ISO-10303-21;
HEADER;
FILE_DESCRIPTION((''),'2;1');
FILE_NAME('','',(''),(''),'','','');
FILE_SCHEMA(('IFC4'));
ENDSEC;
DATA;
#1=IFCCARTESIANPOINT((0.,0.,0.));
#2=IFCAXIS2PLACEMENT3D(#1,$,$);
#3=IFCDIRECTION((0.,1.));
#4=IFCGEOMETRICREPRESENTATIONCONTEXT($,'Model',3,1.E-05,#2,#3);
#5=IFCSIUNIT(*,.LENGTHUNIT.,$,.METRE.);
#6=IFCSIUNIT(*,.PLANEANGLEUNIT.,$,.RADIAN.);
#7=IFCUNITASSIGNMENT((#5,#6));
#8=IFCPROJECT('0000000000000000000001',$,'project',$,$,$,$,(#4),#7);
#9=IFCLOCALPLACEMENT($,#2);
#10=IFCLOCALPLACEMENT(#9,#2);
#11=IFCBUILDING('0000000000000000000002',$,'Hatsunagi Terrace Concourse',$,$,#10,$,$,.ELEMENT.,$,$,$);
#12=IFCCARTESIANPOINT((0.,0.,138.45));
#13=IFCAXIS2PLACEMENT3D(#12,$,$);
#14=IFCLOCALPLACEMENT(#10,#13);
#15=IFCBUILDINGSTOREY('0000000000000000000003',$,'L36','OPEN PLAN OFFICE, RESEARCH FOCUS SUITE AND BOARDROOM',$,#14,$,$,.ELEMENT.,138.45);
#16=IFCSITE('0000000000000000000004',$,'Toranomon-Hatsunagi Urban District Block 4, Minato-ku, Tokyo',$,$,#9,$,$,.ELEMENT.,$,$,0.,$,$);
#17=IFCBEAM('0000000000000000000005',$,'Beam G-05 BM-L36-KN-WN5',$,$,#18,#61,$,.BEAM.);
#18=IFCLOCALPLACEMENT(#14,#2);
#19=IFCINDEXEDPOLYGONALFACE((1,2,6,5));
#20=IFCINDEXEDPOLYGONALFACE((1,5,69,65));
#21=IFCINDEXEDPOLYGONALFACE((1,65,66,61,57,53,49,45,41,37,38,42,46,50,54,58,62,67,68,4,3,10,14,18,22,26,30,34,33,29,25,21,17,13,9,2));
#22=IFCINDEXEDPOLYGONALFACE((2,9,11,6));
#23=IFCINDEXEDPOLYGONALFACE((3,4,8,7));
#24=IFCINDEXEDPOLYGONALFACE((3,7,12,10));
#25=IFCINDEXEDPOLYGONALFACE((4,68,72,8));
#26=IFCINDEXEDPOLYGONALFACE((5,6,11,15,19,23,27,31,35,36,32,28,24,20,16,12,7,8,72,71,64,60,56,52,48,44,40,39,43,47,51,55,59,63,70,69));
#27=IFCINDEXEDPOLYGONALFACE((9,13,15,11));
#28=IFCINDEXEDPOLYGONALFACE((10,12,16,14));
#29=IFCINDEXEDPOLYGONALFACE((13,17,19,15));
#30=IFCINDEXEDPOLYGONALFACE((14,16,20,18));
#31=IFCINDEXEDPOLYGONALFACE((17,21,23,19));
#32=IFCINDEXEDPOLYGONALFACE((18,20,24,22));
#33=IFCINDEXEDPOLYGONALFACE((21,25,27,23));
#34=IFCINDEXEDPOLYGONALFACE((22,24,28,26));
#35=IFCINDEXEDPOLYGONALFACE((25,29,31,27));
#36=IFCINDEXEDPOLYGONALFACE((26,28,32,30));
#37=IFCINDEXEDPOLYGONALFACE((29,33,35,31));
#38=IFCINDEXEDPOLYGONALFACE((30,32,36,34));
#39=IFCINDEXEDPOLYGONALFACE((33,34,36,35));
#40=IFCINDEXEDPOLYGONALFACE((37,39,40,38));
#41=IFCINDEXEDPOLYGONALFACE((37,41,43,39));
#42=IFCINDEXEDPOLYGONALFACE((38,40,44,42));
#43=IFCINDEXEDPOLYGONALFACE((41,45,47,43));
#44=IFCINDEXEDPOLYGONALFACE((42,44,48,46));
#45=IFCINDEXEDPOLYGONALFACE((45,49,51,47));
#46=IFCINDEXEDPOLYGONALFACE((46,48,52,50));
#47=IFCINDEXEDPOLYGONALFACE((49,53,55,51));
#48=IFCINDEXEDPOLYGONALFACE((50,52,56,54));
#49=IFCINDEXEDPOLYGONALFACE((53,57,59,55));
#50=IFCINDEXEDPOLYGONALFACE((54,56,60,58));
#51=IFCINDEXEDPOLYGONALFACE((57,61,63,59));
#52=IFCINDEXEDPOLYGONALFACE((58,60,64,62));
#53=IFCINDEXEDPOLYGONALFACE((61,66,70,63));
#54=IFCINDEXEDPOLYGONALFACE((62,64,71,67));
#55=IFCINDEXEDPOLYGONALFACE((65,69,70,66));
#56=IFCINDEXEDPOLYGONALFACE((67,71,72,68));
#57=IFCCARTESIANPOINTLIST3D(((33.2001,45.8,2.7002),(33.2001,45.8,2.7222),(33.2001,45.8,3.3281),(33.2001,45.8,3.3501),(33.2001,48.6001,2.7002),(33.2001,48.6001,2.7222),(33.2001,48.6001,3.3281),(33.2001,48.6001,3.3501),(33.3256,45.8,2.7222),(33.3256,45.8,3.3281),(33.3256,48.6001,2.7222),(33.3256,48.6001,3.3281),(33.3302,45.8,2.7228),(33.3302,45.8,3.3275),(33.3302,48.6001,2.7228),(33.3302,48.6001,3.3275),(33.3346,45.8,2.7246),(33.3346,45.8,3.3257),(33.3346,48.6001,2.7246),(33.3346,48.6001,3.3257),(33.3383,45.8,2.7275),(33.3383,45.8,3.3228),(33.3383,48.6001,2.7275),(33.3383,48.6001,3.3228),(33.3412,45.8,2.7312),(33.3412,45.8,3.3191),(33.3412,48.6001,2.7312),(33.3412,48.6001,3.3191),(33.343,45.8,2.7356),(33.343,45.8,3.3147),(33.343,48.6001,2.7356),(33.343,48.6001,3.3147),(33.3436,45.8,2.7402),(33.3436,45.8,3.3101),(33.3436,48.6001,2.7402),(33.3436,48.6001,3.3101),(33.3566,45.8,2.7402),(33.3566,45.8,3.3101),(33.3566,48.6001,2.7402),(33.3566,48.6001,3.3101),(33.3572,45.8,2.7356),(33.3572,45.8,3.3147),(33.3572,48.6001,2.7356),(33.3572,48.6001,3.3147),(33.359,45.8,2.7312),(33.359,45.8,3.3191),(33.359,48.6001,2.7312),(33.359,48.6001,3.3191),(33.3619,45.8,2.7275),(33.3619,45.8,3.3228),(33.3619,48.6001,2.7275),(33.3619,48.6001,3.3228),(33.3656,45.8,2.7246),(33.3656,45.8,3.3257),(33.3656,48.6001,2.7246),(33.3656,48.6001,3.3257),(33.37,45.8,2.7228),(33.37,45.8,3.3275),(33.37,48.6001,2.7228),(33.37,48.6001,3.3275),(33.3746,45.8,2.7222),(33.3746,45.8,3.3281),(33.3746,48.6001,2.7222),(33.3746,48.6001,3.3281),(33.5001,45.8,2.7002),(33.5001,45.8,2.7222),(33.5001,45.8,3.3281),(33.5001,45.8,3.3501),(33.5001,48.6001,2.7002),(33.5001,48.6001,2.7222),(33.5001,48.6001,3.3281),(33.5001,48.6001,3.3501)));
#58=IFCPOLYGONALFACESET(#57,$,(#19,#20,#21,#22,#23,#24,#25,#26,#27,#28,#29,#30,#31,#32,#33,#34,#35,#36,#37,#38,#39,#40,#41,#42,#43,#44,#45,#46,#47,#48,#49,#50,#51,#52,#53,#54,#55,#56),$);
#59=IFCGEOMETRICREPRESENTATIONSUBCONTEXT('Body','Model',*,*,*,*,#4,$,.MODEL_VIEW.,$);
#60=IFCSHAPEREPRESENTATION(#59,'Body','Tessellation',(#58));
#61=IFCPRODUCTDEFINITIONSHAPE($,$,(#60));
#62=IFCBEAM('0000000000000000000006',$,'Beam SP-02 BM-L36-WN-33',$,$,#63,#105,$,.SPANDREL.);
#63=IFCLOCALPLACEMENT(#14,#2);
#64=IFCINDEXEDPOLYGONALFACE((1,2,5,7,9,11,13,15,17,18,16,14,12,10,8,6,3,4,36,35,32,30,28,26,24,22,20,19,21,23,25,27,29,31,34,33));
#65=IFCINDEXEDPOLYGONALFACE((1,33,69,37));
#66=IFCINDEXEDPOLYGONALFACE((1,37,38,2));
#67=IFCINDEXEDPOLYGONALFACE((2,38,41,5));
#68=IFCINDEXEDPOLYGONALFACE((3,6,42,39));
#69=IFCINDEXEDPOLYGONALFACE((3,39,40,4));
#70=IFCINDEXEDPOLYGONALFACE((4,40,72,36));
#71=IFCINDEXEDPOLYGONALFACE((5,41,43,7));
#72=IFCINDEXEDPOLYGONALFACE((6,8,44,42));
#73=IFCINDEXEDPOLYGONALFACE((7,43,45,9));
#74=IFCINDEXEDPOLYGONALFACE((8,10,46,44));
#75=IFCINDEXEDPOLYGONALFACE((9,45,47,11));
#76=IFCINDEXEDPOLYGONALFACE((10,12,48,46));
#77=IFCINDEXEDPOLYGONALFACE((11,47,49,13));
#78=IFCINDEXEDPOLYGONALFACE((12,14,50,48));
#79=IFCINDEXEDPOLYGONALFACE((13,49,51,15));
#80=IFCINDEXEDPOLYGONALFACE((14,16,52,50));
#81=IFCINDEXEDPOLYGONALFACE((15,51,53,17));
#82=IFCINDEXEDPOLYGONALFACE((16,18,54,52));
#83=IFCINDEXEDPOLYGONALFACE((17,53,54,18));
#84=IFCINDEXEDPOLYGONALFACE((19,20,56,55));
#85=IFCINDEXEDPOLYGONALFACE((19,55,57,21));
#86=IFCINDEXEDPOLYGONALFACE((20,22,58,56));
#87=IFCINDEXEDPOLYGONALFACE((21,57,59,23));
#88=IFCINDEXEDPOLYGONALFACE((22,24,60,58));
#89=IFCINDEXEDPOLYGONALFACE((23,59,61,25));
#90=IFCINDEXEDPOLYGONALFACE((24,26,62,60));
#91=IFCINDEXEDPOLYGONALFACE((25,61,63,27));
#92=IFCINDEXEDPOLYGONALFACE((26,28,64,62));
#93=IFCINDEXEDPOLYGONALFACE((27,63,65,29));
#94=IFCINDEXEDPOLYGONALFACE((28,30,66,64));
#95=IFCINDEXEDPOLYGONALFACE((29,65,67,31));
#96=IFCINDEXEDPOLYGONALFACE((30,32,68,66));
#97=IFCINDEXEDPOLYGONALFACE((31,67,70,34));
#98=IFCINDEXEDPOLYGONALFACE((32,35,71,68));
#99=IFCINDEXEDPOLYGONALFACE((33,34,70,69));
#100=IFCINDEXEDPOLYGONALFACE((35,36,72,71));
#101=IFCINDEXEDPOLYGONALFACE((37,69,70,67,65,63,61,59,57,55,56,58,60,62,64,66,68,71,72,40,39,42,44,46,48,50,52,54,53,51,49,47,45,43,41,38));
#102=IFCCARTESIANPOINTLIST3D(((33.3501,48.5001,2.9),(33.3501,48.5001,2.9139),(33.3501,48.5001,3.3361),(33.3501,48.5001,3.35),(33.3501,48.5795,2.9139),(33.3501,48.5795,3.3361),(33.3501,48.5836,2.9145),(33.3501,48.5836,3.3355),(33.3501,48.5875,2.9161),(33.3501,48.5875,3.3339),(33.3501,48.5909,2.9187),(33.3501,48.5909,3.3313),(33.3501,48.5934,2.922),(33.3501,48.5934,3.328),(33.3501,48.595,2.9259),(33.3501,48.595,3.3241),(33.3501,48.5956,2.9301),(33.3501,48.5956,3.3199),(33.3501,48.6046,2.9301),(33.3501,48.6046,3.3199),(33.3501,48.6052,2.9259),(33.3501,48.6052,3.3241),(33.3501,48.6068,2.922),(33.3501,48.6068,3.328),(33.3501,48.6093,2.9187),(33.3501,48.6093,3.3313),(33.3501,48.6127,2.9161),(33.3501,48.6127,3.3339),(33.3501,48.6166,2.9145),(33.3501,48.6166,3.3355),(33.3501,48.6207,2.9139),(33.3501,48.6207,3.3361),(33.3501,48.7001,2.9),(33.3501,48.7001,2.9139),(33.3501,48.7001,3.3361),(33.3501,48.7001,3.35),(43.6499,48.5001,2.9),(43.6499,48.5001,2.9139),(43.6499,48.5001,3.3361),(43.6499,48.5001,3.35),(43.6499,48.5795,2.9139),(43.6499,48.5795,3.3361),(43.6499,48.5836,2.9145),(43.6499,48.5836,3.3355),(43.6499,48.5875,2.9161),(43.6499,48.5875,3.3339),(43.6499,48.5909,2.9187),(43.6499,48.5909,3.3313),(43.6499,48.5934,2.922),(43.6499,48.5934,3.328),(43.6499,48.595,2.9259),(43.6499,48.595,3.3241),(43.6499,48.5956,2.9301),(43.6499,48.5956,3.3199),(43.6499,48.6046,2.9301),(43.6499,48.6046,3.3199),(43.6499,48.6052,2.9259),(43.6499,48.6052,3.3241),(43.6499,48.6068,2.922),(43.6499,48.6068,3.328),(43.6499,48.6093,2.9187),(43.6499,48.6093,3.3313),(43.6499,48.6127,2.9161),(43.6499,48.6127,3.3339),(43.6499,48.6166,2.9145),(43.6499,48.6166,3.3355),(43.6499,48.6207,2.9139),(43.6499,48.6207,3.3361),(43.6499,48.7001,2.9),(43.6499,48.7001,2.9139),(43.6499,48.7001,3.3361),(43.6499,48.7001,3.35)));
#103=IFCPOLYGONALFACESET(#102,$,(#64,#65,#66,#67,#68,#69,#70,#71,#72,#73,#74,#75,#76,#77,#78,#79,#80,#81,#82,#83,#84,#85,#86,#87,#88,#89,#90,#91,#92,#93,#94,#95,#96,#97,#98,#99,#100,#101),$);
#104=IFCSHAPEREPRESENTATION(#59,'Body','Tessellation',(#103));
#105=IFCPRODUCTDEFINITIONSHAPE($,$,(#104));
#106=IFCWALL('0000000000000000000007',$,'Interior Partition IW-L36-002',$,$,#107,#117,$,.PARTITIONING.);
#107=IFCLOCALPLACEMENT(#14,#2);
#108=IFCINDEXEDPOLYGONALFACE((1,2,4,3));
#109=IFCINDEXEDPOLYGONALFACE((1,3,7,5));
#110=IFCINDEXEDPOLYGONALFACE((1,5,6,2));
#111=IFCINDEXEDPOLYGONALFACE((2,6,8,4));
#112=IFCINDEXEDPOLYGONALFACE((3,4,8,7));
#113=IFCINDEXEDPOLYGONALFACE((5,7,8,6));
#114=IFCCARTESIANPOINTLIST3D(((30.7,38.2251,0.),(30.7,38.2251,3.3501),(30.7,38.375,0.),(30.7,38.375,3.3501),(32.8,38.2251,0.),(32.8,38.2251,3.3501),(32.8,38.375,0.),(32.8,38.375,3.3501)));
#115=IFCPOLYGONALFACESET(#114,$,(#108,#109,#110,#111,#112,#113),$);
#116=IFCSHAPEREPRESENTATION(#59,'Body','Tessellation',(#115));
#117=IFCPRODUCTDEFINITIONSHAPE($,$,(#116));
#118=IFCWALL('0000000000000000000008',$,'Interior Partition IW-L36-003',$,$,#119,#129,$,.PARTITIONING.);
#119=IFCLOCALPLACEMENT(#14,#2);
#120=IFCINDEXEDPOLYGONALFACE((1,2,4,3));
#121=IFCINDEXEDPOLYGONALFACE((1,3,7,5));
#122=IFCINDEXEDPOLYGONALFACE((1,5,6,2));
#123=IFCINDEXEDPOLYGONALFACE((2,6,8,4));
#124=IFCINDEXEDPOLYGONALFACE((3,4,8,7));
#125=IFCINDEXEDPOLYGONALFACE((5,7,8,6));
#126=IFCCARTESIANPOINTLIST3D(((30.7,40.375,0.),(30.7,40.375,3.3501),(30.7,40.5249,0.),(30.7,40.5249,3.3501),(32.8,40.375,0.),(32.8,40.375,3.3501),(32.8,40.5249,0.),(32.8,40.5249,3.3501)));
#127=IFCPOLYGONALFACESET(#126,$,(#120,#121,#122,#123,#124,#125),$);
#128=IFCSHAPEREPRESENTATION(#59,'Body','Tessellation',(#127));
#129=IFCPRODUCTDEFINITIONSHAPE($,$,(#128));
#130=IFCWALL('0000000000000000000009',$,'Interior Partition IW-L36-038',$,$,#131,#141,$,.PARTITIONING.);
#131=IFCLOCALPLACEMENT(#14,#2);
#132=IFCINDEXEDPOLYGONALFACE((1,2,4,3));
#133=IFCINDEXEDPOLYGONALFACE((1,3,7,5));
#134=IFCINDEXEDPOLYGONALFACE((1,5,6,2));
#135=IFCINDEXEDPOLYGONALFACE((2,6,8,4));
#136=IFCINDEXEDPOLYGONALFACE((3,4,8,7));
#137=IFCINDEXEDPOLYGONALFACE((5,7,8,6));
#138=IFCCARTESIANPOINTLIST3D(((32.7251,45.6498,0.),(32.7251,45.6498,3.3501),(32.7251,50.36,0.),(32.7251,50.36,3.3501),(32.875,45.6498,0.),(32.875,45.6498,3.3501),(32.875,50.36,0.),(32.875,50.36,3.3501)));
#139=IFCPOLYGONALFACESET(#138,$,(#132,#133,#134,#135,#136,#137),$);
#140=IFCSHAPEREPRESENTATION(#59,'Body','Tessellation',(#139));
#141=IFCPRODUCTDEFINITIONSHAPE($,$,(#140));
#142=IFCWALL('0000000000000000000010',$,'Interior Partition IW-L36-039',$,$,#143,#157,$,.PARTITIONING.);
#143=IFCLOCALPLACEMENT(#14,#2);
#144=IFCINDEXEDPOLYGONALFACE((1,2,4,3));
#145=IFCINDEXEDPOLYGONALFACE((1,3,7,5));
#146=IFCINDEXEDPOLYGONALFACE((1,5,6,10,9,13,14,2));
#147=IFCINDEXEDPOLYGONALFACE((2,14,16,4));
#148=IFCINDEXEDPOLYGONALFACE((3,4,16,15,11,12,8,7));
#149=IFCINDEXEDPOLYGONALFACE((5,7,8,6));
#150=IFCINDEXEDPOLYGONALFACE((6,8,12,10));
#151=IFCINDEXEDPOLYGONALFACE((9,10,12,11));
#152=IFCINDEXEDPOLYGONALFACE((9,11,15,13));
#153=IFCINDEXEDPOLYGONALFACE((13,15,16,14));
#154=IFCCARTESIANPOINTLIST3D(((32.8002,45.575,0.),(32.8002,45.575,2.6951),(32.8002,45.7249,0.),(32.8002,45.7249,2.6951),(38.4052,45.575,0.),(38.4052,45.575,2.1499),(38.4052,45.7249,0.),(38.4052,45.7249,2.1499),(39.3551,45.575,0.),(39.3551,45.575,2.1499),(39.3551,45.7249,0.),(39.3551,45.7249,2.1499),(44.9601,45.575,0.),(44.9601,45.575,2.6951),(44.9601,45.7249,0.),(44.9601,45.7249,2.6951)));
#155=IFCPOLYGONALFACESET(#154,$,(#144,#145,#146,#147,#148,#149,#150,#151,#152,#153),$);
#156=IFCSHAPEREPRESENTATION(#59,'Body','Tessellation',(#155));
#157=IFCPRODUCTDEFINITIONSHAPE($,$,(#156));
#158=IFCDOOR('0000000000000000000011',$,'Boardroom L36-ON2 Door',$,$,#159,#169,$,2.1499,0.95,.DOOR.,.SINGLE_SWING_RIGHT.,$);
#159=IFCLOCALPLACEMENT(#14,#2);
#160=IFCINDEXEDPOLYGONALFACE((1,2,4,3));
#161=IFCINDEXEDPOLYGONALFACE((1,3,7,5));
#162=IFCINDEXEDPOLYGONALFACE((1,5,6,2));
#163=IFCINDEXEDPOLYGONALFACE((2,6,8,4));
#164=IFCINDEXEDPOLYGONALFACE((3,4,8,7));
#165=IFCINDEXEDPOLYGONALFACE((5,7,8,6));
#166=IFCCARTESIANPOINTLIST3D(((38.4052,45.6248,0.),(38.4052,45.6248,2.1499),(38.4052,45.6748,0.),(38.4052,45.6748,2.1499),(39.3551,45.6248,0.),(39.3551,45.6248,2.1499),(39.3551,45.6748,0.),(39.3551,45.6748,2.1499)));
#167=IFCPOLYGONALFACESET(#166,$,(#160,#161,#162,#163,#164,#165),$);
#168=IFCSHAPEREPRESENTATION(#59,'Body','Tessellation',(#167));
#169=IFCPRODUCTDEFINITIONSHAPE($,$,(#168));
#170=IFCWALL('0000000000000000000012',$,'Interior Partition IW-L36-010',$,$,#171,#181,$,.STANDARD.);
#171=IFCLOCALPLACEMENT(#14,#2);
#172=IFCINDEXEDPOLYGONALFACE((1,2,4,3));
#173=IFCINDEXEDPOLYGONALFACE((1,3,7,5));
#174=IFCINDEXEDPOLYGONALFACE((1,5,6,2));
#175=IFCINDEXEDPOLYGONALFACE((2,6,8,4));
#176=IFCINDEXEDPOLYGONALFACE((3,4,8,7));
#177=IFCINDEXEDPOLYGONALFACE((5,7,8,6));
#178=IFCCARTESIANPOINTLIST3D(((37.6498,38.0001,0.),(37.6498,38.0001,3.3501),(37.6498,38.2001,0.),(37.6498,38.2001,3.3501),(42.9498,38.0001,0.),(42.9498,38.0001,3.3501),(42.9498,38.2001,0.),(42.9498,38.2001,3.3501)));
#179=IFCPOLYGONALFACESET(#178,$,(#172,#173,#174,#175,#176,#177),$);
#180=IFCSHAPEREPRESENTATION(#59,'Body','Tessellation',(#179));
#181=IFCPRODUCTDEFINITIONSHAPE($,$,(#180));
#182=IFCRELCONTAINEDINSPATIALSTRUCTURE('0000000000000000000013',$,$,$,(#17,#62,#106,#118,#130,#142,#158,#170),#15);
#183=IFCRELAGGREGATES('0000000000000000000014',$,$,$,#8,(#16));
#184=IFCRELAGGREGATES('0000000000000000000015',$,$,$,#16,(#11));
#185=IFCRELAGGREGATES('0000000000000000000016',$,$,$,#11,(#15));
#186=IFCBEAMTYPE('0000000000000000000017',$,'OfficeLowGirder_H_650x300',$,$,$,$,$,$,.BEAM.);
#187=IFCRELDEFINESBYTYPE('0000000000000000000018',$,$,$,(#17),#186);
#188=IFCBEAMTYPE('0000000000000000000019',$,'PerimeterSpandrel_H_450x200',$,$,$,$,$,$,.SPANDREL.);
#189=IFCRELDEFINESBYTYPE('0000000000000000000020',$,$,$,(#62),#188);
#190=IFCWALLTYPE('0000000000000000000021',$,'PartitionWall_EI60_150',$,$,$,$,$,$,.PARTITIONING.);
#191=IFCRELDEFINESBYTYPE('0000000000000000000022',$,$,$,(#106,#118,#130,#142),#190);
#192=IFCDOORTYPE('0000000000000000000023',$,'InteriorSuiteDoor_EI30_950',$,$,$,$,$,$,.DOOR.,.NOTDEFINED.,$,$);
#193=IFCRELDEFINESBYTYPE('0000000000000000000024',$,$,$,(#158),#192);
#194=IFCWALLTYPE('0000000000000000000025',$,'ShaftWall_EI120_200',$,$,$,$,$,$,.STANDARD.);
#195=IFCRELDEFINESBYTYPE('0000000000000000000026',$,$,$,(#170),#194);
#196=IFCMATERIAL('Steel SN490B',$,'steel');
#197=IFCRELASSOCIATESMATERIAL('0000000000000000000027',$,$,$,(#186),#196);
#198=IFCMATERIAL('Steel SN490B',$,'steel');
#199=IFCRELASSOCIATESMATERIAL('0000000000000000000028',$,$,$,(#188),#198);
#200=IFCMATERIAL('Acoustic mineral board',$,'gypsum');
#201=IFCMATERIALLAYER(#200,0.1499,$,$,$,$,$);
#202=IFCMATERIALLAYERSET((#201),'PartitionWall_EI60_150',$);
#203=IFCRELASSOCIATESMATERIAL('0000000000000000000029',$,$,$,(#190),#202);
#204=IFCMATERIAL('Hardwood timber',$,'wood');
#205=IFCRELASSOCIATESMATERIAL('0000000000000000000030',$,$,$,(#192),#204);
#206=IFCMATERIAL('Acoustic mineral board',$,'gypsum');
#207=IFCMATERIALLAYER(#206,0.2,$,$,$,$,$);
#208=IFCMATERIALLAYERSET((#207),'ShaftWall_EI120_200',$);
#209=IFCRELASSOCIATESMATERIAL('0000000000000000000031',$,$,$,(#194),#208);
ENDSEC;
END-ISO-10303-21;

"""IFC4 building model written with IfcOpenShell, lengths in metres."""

from ifc_helpers import new_model, si_unit, direction, frame, frame_2d, origin, origin_2d, place, context, subcontext, project, spatial, rectangle, i_section, extrude, material, layer, layer_set, material_profile, profile_set, type_object, element, fill, save


model = new_model("IFC4")

# Units and contexts
model_context = context("Model", 3, precision=1e-05, world=origin(), true_north=direction((0.0, 1.0)))
body_context = subcontext(model_context, "Body", "Model", "MODEL_VIEW")
ifc_project = project(units=[si_unit("LENGTHUNIT", "METRE"), si_unit("PLANEANGLEUNIT", "RADIAN")], contexts=[model_context])

# Site, building, storey
site_placement = place(None, origin())
site = spatial("IfcSite", under=ifc_project, at=site_placement, Name="Toranomon-Hatsunagi Urban District Block 4, Minato-ku, Tokyo", CompositionType="ELEMENT", RefElevation=0.0)
building_placement = place(site_placement, origin())
building = spatial("IfcBuilding", under=site, at=building_placement, Name="Hatsunagi Terrace Concourse", CompositionType="ELEMENT")
storey_placement = place(building_placement, frame((0.0, 0.0, 138.45)))
storey = spatial("IfcBuildingStorey", under=building, at=storey_placement, Name="L36", Description="OPEN PLAN OFFICE, RESEARCH FOCUS SUITE AND BOARDROOM", CompositionType="ELEMENT", Elevation=138.45)

# Beams
ifc_material_1 = material(Name="Steel SN490B", Category="steel")
ifc_material_profile_1 = material_profile(ifc_material_1, i_section(OverallWidth=0.3, OverallDepth=0.6499, WebThickness=0.0129, FlangeThickness=0.022, FilletRadius=0.0181, at=origin_2d()), Name="H-650x300x13x22")
ifc_profile_set_1 = profile_set([ifc_material_profile_1], Name="Steel SN490B")
beam_type_1 = type_object("IfcBeamType", Name="OfficeLowGirder_H_650x300", PredefinedType="BEAM", material=ifc_profile_set_1)
beam_1_placement = place(storey_placement, frame((33.3501, 45.8, 3.0251), z_axis=(0.0, 1.0, 0.0), x_axis=(-1.0, 0.0, 0.0)))
element("IfcBeam", 1, at=beam_1_placement, inside=storey, type_object=beam_type_1, Name="Beam G-05 BM-L36-KN-WN5", PredefinedType="BEAM", context=body_context, shape_type="SweptSolid", body=[
    extrude(i_section(OverallWidth=0.3, OverallDepth=0.6499, WebThickness=0.0129, FlangeThickness=0.022, FilletRadius=0.0181, at=origin_2d()), origin(), (0.0, 0.0, 1.0), 2.8),
])
ifc_material_2 = material(Name="Steel SN490B", Category="steel")
ifc_material_profile_2 = material_profile(ifc_material_2, i_section(OverallWidth=0.2, OverallDepth=0.45, WebThickness=0.009, FlangeThickness=0.0139, FilletRadius=0.0161, at=origin_2d()), Name="H-450x200x9x14")
ifc_profile_set_2 = profile_set([ifc_material_profile_2], Name="Steel SN490B")
beam_type_2 = type_object("IfcBeamType", Name="PerimeterSpandrel_H_450x200", PredefinedType="SPANDREL", material=ifc_profile_set_2)
beam_2_placement = place(storey_placement, frame((33.3501, 48.6001, 3.125), z_axis=(1.0, 0.0, 0.0), x_axis=(0.0, 1.0, 0.0)))
element("IfcBeam", 2, at=beam_2_placement, inside=storey, type_object=beam_type_2, Name="Beam SP-02 BM-L36-WN-33", PredefinedType="SPANDREL", context=body_context, shape_type="SweptSolid", body=[
    extrude(i_section(OverallWidth=0.2, OverallDepth=0.45, WebThickness=0.009, FlangeThickness=0.0139, FilletRadius=0.0161, at=origin_2d()), origin(), (0.0, 0.0, 1.0), 10.2998),
])

# Walls
ifc_material_3 = material(Name="Acoustic mineral board", Category="gypsum")
ifc_layer_1 = layer(ifc_material_3, 0.1499)
ifc_layer_set_1 = layer_set([ifc_layer_1], Name="PartitionWall_EI60_150")
wall_type_1 = type_object("IfcWallType", Name="PartitionWall_EI60_150", PredefinedType="PARTITIONING", material=ifc_layer_set_1)
for number, where, z_axis, x_axis, name in (
    (3, (30.7, 38.3, 0.0), (0.0, 0.0, 1.0), (1.0, 0.0, 0.0), "Interior Partition IW-L36-002"),
    (4, (30.7, 40.45, 0.0), (0.0, 0.0, 1.0), (1.0, 0.0, 0.0), "Interior Partition IW-L36-003"),
):
    element("IfcWall", number, at=place(storey_placement, frame(where, z_axis=z_axis, x_axis=x_axis)), inside=storey, type_object=wall_type_1, Name=name, PredefinedType="PARTITIONING", context=body_context, shape_type="SweptSolid", body=[
        extrude(rectangle(XDim=2.1001, YDim=0.1499, at=frame_2d((1.05, 0.0))), origin(), (0.0, 0.0, 1.0), 3.3501),
    ])
wall_1_placement = place(storey_placement, frame((32.8, 45.6499, 0.0), z_axis=(0.0, 0.0, 1.0), x_axis=(0.0, 1.0, 0.0)))
element("IfcWall", 5, at=wall_1_placement, inside=storey, type_object=wall_type_1, Name="Interior Partition IW-L36-038", PredefinedType="PARTITIONING", context=body_context, shape_type="SweptSolid", body=[
    extrude(rectangle(XDim=4.7102, YDim=0.1499, at=frame_2d((2.355, 0.0))), origin(), (0.0, 0.0, 1.0), 3.3501),
])

# Wall, opening, door
wall_2_placement = place(storey_placement, frame((32.8, 45.6499, 0.0), z_axis=(0.0, 0.0, 1.0), x_axis=(1.0, 0.0, 0.0)))
wall_2 = element("IfcWall", 6, at=wall_2_placement, inside=storey, type_object=wall_type_1, Name="Interior Partition IW-L36-039", PredefinedType="PARTITIONING", context=body_context, shape_type="SweptSolid", body=[
    extrude(rectangle(XDim=12.1599, YDim=0.1499, at=frame_2d((6.0801, 0.0))), origin(), (0.0, 0.0, 1.0), 2.6951),
])
opening_1_placement = place(wall_2_placement, frame((5.605, 0.0, 0.0)))
opening_1 = element("IfcOpeningElement", 7, at=opening_1_placement, cuts=wall_2, PredefinedType="OPENING", context=body_context, shape_type="SweptSolid", body=[
    extrude(rectangle(XDim=0.95, YDim=2.1499, at=frame_2d((0.4751, 1.075))), frame((0.0, 0.085, 0.0), z_axis=(0.0, -1.0, 0.0), x_axis=(1.0, 0.0, 0.0)), (0.0, 0.0, 1.0), 0.1699),
])
ifc_material_4 = material(Name="Hardwood timber", Category="wood")
door_type_1 = type_object("IfcDoorType", Name="InteriorSuiteDoor_EI30_950", OperationType="NOTDEFINED", PredefinedType="DOOR", material=ifc_material_4)
door_1_placement = place(opening_1_placement, origin())
door_1 = element("IfcDoor", 8, at=door_1_placement, inside=storey, type_object=door_type_1, Name="Boardroom L36-ON2 Door", OperationType="SINGLE_SWING_RIGHT", OverallHeight=2.1499, OverallWidth=0.95, PredefinedType="DOOR", context=body_context, shape_type="SweptSolid", body=[
    extrude(rectangle(XDim=0.95, YDim=2.1499, at=frame_2d((0.4751, 1.075))), frame((0.0, 0.0249, 0.0), z_axis=(0.0, -1.0, 0.0), x_axis=(1.0, 0.0, 0.0)), (0.0, 0.0, 1.0), 0.05),
])
fill(opening_1, door_1)

# Wall
ifc_material_5 = material(Name="Acoustic mineral board", Category="gypsum")
ifc_layer_2 = layer(ifc_material_5, 0.2)
ifc_layer_set_2 = layer_set([ifc_layer_2], Name="ShaftWall_EI120_200")
wall_type_2 = type_object("IfcWallType", Name="ShaftWall_EI120_200", PredefinedType="STANDARD", material=ifc_layer_set_2)
wall_3_placement = place(storey_placement, frame((37.6499, 38.1001, 0.0), z_axis=(0.0, 0.0, 1.0), x_axis=(1.0, 0.0, 0.0)))
element("IfcWall", 9, at=wall_3_placement, inside=storey, type_object=wall_type_2, Name="Interior Partition IW-L36-010", PredefinedType="STANDARD", context=body_context, shape_type="SweptSolid", body=[
    extrude(rectangle(XDim=5.3, YDim=0.2, at=frame_2d((2.6499, 0.0))), origin(), (0.0, 0.0, 1.0), 3.3501),
])

save(model, "model.ifc")
